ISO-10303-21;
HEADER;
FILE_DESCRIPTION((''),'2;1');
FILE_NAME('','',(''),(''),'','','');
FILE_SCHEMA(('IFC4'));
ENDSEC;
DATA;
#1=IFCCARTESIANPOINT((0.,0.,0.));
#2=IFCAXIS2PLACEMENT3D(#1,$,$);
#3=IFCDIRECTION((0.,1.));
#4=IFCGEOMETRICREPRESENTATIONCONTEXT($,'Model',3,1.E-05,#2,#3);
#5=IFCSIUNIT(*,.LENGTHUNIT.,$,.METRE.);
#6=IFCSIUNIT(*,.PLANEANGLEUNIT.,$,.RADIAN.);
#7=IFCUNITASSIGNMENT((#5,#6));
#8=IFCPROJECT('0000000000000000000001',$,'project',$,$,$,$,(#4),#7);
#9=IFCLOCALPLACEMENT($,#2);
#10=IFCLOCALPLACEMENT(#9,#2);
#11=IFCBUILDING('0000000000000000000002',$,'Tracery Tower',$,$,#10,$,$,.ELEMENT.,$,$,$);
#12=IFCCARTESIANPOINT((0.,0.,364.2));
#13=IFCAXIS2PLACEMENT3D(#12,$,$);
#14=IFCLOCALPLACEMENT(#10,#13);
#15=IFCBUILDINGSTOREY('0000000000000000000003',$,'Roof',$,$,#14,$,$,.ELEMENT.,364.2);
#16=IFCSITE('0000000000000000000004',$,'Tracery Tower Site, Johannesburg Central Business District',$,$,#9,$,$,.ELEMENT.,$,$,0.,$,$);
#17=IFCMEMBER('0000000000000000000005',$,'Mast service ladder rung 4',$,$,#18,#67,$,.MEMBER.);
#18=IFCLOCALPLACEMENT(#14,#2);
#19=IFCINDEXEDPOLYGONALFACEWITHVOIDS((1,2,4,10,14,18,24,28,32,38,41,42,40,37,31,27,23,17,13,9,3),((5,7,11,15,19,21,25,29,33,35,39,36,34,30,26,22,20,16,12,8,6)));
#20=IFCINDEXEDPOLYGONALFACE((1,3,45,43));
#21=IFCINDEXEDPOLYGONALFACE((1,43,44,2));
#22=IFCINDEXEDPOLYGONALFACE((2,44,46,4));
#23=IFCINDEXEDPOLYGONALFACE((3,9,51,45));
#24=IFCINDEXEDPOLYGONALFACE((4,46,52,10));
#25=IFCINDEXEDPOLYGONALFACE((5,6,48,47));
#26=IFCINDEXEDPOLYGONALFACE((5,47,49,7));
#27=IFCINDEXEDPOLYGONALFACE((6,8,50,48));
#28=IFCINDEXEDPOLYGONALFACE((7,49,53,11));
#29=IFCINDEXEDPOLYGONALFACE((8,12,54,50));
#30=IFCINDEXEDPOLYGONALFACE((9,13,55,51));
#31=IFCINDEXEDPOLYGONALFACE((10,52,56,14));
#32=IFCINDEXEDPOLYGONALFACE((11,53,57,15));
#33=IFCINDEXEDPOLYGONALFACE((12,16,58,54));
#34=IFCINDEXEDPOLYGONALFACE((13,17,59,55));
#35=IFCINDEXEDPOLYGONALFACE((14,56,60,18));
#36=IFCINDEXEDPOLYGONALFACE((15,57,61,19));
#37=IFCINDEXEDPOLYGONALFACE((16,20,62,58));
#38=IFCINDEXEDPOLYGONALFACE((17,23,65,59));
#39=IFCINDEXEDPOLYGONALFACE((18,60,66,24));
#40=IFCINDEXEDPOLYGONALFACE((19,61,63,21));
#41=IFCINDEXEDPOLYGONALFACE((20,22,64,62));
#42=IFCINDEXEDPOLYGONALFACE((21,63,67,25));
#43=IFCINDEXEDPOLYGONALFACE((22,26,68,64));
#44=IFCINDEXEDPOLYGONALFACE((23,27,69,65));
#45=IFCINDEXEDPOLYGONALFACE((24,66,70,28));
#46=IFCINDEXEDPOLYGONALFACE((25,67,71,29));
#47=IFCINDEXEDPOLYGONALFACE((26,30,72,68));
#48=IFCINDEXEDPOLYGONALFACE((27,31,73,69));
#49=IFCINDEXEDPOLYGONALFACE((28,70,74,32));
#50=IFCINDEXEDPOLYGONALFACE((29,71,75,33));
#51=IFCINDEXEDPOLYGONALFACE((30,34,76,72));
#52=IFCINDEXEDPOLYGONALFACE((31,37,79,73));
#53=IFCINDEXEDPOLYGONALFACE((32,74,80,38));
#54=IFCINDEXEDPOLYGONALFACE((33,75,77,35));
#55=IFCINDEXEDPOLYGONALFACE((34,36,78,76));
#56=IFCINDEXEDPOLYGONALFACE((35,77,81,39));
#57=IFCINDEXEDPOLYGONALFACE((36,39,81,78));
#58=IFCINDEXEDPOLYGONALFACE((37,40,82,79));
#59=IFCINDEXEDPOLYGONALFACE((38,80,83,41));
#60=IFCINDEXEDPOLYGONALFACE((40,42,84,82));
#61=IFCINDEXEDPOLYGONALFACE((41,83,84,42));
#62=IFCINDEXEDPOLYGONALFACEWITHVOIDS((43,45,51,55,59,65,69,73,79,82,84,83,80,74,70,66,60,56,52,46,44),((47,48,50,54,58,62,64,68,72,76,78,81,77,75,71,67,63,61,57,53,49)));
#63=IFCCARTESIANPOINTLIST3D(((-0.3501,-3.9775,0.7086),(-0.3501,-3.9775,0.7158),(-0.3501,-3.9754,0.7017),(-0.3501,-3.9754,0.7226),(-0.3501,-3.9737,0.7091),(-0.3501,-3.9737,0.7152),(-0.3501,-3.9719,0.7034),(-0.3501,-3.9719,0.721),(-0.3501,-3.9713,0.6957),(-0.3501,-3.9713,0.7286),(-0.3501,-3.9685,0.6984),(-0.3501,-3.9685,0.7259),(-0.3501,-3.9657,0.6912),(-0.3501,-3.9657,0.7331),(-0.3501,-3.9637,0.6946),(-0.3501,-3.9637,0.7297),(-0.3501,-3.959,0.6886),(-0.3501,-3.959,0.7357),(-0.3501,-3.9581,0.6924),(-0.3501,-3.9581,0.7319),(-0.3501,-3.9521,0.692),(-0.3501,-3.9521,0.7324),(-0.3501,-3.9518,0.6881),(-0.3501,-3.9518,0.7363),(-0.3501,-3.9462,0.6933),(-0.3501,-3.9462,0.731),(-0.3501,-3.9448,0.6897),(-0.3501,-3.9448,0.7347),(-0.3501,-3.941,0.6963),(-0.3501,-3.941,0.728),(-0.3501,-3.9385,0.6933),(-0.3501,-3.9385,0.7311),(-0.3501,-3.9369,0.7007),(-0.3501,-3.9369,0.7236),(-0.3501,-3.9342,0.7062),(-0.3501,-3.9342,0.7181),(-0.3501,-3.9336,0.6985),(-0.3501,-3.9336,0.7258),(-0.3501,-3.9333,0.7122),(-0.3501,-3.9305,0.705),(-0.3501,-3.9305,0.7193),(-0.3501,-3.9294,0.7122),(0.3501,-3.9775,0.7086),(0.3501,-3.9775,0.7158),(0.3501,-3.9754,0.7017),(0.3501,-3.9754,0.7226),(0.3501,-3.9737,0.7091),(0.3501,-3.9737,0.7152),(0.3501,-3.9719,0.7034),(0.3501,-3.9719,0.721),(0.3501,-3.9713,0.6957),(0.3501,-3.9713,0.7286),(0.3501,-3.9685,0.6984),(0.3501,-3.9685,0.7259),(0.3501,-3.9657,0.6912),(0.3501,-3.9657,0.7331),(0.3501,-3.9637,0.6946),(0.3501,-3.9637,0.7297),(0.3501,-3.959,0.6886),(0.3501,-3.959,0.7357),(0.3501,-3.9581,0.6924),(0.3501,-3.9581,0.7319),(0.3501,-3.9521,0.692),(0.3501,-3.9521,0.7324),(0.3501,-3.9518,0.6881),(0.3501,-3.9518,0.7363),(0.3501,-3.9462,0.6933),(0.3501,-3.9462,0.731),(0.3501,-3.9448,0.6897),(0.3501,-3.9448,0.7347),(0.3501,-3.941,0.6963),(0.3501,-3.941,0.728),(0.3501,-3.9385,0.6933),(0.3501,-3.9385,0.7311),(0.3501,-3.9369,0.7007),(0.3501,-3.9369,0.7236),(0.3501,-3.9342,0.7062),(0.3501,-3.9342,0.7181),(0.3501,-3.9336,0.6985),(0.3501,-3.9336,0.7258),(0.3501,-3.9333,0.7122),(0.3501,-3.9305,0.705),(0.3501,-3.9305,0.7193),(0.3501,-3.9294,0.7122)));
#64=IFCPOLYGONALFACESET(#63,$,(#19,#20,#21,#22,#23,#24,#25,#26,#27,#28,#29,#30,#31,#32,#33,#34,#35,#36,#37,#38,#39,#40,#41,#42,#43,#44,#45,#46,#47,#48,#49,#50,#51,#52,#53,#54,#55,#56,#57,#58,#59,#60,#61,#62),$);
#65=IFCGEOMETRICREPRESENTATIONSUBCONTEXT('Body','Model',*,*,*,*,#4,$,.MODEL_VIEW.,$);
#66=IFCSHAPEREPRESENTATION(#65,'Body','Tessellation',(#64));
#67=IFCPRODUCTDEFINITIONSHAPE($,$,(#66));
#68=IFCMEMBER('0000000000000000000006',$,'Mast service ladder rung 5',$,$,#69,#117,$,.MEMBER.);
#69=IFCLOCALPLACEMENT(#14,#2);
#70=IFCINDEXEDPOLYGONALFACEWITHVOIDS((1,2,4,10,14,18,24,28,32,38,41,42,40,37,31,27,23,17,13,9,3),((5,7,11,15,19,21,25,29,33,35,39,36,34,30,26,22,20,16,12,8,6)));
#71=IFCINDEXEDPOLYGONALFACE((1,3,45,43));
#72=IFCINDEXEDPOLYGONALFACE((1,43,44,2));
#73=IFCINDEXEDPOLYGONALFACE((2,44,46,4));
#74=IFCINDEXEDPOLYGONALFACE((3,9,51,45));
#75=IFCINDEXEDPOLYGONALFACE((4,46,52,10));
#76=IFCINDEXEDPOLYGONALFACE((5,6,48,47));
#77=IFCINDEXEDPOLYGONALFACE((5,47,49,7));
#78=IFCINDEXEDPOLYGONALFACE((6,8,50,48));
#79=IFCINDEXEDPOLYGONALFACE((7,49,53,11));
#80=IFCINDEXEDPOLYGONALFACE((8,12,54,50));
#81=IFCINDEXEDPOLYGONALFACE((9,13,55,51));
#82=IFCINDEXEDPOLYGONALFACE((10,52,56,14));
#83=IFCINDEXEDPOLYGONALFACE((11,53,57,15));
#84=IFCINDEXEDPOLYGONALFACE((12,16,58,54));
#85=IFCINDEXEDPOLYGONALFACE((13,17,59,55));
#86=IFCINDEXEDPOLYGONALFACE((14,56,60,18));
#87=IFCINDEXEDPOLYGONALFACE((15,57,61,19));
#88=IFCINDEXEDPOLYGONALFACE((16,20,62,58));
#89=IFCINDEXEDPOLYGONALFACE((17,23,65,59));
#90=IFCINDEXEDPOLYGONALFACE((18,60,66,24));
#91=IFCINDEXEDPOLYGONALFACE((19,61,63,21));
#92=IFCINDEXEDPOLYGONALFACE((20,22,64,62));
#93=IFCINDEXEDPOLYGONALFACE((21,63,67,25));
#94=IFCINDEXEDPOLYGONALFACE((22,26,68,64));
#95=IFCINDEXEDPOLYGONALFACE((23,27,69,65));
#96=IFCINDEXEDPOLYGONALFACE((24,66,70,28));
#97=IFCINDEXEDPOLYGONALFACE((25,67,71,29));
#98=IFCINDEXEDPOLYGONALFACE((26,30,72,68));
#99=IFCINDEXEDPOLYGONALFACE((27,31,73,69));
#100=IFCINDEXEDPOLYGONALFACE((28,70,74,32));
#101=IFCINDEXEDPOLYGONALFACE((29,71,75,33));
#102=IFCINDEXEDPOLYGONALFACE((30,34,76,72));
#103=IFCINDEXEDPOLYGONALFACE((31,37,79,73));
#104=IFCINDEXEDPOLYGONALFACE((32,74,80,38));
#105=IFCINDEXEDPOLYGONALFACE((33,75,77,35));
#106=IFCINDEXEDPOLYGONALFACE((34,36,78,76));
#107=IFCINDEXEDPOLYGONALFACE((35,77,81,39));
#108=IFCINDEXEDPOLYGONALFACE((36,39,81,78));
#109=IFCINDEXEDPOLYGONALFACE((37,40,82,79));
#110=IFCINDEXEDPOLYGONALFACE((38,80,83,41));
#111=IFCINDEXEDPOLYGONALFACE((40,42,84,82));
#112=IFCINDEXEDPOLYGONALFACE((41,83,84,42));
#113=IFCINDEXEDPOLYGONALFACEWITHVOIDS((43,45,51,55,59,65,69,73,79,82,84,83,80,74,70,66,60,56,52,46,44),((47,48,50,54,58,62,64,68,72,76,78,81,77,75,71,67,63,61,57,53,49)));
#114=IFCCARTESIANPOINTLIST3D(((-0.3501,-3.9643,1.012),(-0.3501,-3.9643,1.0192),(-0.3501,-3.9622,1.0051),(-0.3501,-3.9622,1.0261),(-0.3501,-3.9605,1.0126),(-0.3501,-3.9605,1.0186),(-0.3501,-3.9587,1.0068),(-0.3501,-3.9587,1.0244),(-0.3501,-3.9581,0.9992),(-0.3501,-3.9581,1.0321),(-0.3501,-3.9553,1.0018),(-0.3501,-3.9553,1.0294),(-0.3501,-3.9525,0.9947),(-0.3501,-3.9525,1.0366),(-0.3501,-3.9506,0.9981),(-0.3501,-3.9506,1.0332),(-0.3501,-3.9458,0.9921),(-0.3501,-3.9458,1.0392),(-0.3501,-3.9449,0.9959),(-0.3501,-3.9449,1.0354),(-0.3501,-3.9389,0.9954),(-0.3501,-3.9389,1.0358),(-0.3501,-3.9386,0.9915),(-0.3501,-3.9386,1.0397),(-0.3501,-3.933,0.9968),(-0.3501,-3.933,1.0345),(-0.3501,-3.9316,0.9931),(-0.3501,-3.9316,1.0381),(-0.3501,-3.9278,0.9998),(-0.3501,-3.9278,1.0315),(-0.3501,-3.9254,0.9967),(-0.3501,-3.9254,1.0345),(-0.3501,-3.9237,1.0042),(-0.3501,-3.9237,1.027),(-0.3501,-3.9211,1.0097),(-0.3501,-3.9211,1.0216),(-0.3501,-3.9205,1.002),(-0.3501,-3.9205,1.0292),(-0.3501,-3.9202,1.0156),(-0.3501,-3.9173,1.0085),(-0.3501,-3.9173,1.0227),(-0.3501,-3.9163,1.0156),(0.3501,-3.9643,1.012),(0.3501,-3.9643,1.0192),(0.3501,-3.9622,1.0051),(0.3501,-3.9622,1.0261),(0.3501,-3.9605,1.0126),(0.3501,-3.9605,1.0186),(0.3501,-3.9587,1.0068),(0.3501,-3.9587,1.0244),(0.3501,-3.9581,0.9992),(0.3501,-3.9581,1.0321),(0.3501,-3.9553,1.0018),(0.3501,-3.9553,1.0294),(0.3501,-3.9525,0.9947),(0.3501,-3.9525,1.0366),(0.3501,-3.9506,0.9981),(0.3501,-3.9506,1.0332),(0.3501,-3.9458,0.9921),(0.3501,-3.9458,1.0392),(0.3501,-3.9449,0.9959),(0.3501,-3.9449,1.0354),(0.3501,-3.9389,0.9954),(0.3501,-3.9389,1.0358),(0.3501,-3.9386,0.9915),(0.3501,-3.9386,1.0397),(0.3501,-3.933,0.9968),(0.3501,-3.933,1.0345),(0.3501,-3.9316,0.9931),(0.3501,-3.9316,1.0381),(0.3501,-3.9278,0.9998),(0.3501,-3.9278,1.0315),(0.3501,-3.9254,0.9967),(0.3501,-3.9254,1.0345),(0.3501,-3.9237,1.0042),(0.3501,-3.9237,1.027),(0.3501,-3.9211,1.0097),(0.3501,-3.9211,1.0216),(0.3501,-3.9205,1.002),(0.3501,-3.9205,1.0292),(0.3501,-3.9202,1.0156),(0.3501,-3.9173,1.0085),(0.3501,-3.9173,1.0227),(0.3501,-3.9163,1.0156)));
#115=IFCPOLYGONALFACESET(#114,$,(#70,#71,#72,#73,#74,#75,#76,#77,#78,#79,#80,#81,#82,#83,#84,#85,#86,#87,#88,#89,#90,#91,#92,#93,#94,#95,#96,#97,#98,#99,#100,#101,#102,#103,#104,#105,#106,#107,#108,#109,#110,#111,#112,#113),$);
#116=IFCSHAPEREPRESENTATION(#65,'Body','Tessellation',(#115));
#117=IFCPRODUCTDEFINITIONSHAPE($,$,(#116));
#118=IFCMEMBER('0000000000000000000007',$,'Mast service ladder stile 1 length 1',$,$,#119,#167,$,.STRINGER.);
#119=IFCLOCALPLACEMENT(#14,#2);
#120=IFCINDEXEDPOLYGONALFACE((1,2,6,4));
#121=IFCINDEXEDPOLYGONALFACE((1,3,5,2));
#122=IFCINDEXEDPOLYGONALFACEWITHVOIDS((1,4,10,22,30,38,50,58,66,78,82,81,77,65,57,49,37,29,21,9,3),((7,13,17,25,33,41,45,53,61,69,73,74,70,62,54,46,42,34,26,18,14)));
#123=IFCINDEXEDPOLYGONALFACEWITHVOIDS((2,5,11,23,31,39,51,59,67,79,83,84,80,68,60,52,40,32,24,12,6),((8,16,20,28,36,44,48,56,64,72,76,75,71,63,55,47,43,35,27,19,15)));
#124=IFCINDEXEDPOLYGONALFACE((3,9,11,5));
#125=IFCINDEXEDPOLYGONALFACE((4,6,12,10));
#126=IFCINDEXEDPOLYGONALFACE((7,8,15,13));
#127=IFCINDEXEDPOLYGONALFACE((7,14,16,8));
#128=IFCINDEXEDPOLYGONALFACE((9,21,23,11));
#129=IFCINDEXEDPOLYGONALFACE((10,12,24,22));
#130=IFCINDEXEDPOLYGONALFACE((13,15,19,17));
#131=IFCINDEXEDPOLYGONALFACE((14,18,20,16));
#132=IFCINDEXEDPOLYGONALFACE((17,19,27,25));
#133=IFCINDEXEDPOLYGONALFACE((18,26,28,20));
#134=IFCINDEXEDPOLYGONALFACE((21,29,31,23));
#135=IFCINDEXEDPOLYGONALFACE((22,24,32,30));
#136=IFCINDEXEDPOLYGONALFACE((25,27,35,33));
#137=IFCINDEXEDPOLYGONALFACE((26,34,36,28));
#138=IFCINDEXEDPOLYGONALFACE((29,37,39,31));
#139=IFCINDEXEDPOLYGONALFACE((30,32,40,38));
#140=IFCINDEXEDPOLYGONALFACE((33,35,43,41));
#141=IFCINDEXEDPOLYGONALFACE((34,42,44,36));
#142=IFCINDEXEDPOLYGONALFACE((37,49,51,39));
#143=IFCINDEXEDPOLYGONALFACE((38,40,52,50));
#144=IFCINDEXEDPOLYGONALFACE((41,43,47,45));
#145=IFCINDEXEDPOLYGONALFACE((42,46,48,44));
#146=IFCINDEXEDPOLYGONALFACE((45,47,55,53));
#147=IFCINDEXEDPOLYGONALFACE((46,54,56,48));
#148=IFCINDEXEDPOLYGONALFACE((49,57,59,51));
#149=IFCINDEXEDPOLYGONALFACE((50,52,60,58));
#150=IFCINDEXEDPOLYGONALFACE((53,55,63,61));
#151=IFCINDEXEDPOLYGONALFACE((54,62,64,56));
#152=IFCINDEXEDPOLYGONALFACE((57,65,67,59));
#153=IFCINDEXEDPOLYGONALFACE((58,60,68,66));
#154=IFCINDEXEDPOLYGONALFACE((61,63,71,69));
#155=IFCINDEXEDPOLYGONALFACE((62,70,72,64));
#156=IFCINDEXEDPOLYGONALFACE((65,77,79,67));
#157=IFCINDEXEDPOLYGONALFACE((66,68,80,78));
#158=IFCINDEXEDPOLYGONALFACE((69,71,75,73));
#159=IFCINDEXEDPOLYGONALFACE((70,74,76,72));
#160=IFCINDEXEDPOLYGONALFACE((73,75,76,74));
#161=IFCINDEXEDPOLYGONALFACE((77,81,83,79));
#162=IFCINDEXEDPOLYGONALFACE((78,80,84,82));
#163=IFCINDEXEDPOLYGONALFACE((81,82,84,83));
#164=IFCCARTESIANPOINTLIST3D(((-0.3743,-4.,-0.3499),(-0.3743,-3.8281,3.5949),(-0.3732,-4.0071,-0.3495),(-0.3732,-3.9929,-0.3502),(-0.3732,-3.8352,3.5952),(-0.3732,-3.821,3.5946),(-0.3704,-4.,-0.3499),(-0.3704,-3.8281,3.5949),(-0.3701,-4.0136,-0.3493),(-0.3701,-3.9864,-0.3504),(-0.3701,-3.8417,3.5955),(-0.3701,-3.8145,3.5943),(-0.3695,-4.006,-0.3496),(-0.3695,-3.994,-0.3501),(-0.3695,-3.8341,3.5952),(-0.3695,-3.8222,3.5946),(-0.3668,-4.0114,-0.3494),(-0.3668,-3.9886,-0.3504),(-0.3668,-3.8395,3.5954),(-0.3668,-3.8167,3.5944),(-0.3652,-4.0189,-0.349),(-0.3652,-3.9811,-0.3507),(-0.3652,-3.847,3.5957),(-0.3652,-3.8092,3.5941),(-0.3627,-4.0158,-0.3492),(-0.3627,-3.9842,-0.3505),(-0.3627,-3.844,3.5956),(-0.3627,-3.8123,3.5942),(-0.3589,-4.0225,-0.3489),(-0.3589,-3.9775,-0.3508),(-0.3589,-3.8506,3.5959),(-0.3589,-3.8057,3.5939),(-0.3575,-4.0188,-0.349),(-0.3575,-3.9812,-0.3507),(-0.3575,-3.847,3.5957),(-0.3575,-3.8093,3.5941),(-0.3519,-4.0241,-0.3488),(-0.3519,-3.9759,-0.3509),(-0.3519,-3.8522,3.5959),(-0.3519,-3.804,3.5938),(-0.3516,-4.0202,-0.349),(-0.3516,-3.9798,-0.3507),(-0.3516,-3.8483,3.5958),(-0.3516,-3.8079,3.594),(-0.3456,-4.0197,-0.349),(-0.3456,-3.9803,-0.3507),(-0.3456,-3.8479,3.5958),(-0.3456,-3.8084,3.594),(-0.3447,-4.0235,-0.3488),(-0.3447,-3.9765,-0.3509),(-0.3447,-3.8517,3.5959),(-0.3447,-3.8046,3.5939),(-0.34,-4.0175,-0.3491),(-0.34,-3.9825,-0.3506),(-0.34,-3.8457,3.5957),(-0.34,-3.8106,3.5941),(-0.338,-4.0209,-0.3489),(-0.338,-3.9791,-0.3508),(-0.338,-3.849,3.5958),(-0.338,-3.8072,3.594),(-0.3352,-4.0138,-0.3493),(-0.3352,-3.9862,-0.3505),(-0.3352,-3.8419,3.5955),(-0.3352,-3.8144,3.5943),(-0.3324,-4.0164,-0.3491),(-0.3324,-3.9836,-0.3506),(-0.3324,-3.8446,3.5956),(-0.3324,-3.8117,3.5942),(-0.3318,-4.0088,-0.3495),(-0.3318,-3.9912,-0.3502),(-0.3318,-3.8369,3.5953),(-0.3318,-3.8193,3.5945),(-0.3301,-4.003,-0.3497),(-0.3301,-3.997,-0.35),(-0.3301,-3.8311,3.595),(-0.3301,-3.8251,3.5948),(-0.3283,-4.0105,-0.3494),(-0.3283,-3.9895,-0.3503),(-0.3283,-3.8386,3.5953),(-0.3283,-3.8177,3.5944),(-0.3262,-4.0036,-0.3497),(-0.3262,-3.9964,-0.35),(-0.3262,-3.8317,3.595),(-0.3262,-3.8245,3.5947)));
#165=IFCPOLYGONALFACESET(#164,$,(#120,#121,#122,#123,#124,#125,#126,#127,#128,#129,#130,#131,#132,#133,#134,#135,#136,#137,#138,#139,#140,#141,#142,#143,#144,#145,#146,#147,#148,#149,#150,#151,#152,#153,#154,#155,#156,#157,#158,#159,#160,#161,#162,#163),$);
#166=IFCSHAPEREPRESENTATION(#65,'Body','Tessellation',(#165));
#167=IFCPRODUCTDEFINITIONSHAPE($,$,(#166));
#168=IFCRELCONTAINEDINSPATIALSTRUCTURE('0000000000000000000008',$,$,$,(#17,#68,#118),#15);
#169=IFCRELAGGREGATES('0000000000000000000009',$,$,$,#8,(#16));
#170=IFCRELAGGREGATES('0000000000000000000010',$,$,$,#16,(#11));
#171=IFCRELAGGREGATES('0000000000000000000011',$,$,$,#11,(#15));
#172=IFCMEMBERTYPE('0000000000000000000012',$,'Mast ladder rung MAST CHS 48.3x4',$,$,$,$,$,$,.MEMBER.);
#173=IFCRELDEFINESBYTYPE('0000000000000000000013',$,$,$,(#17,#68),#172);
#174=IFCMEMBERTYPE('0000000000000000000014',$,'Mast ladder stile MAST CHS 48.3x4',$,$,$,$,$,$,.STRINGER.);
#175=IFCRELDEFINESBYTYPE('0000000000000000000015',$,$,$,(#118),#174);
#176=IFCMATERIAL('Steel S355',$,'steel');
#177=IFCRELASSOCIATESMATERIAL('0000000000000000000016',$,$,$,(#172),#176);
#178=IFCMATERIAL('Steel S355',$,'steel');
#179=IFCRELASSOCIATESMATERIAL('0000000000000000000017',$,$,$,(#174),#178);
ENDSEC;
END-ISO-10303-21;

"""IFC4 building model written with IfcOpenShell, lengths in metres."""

from ifc_helpers import new_model, si_unit, direction, frame, origin, origin_2d, place, context, subcontext, project, spatial, hollow_circle, extrude, material, material_profile, profile_set, type_object, element, save


model = new_model("IFC4")

# Units and contexts
model_context = context("Model", 3, precision=1e-05, world=origin(), true_north=direction((0.0, 1.0)))
body_context = subcontext(model_context, "Body", "Model", "MODEL_VIEW")
ifc_project = project(units=[si_unit("LENGTHUNIT", "METRE"), si_unit("PLANEANGLEUNIT", "RADIAN")], contexts=[model_context])

# Site, building, storey
site_placement = place(None, origin())
site = spatial("IfcSite", under=ifc_project, at=site_placement, Name="Tracery Tower Site, Johannesburg Central Business District", CompositionType="ELEMENT", RefElevation=0.0)
building_placement = place(site_placement, origin())
building = spatial("IfcBuilding", under=site, at=building_placement, Name="Tracery Tower", CompositionType="ELEMENT")
storey_placement = place(building_placement, frame((0.0, 0.0, 364.2)))
storey = spatial("IfcBuildingStorey", under=building, at=storey_placement, Name="Roof", CompositionType="ELEMENT", Elevation=364.2)

# Members
ifc_material_1 = material(Name="Steel S355", Category="steel")
ifc_material_profile_1 = material_profile(ifc_material_1, hollow_circle(Radius=0.0242, WallThickness=0.0039, at=origin_2d()), Name="CHS 48.3x4")
ifc_profile_set_1 = profile_set([ifc_material_profile_1], Name="Steel S355")
member_type_1 = type_object("IfcMemberType", Name="Mast ladder rung MAST CHS 48.3x4", PredefinedType="MEMBER", material=ifc_profile_set_1)
for number, where, z_axis, x_axis, name in (
    (1, (-0.3501, -3.9536, 0.7122), (1.0, 0.0, 0.0), (0.0, 1.0, 0.0), "Mast service ladder rung 4"),
    (2, (-0.3501, -3.9404, 1.0156), (1.0, 0.0, 0.0), (0.0, 1.0, 0.0), "Mast service ladder rung 5"),
):
    element("IfcMember", number, at=place(storey_placement, frame(where, z_axis=z_axis, x_axis=x_axis)), inside=storey, type_object=member_type_1, Name=name, PredefinedType="MEMBER", context=body_context, shape_type="SweptSolid", body=[
        extrude(hollow_circle(Radius=0.0242, WallThickness=0.0039, at=origin_2d()), origin(), (0.0, 0.0, 1.0), 0.7002),
    ])
ifc_material_2 = material(Name="Steel S355", Category="steel")
ifc_material_profile_2 = material_profile(ifc_material_2, hollow_circle(Radius=0.0242, WallThickness=0.0039, at=origin_2d()), Name="CHS 48.3x4")
ifc_profile_set_2 = profile_set([ifc_material_profile_2], Name="Steel S355")
member_type_2 = type_object("IfcMemberType", Name="Mast ladder stile MAST CHS 48.3x4", PredefinedType="STRINGER", material=ifc_profile_set_2)
member_1_placement = place(storey_placement, frame((-0.3501, -4.0, -0.3499), z_axis=(0.0, 0.043528, 0.999052), x_axis=(-1.0, 0.0, 0.0)))
element("IfcMember", 3, at=member_1_placement, inside=storey, type_object=member_type_2, Name="Mast service ladder stile 1 length 1", PredefinedType="STRINGER", context=body_context, shape_type="SweptSolid", body=[
    extrude(hollow_circle(Radius=0.0242, WallThickness=0.0039, at=origin_2d()), origin(), (0.0, 0.0, 1.0), 3.9485),
])

save(model, "model.ifc")
